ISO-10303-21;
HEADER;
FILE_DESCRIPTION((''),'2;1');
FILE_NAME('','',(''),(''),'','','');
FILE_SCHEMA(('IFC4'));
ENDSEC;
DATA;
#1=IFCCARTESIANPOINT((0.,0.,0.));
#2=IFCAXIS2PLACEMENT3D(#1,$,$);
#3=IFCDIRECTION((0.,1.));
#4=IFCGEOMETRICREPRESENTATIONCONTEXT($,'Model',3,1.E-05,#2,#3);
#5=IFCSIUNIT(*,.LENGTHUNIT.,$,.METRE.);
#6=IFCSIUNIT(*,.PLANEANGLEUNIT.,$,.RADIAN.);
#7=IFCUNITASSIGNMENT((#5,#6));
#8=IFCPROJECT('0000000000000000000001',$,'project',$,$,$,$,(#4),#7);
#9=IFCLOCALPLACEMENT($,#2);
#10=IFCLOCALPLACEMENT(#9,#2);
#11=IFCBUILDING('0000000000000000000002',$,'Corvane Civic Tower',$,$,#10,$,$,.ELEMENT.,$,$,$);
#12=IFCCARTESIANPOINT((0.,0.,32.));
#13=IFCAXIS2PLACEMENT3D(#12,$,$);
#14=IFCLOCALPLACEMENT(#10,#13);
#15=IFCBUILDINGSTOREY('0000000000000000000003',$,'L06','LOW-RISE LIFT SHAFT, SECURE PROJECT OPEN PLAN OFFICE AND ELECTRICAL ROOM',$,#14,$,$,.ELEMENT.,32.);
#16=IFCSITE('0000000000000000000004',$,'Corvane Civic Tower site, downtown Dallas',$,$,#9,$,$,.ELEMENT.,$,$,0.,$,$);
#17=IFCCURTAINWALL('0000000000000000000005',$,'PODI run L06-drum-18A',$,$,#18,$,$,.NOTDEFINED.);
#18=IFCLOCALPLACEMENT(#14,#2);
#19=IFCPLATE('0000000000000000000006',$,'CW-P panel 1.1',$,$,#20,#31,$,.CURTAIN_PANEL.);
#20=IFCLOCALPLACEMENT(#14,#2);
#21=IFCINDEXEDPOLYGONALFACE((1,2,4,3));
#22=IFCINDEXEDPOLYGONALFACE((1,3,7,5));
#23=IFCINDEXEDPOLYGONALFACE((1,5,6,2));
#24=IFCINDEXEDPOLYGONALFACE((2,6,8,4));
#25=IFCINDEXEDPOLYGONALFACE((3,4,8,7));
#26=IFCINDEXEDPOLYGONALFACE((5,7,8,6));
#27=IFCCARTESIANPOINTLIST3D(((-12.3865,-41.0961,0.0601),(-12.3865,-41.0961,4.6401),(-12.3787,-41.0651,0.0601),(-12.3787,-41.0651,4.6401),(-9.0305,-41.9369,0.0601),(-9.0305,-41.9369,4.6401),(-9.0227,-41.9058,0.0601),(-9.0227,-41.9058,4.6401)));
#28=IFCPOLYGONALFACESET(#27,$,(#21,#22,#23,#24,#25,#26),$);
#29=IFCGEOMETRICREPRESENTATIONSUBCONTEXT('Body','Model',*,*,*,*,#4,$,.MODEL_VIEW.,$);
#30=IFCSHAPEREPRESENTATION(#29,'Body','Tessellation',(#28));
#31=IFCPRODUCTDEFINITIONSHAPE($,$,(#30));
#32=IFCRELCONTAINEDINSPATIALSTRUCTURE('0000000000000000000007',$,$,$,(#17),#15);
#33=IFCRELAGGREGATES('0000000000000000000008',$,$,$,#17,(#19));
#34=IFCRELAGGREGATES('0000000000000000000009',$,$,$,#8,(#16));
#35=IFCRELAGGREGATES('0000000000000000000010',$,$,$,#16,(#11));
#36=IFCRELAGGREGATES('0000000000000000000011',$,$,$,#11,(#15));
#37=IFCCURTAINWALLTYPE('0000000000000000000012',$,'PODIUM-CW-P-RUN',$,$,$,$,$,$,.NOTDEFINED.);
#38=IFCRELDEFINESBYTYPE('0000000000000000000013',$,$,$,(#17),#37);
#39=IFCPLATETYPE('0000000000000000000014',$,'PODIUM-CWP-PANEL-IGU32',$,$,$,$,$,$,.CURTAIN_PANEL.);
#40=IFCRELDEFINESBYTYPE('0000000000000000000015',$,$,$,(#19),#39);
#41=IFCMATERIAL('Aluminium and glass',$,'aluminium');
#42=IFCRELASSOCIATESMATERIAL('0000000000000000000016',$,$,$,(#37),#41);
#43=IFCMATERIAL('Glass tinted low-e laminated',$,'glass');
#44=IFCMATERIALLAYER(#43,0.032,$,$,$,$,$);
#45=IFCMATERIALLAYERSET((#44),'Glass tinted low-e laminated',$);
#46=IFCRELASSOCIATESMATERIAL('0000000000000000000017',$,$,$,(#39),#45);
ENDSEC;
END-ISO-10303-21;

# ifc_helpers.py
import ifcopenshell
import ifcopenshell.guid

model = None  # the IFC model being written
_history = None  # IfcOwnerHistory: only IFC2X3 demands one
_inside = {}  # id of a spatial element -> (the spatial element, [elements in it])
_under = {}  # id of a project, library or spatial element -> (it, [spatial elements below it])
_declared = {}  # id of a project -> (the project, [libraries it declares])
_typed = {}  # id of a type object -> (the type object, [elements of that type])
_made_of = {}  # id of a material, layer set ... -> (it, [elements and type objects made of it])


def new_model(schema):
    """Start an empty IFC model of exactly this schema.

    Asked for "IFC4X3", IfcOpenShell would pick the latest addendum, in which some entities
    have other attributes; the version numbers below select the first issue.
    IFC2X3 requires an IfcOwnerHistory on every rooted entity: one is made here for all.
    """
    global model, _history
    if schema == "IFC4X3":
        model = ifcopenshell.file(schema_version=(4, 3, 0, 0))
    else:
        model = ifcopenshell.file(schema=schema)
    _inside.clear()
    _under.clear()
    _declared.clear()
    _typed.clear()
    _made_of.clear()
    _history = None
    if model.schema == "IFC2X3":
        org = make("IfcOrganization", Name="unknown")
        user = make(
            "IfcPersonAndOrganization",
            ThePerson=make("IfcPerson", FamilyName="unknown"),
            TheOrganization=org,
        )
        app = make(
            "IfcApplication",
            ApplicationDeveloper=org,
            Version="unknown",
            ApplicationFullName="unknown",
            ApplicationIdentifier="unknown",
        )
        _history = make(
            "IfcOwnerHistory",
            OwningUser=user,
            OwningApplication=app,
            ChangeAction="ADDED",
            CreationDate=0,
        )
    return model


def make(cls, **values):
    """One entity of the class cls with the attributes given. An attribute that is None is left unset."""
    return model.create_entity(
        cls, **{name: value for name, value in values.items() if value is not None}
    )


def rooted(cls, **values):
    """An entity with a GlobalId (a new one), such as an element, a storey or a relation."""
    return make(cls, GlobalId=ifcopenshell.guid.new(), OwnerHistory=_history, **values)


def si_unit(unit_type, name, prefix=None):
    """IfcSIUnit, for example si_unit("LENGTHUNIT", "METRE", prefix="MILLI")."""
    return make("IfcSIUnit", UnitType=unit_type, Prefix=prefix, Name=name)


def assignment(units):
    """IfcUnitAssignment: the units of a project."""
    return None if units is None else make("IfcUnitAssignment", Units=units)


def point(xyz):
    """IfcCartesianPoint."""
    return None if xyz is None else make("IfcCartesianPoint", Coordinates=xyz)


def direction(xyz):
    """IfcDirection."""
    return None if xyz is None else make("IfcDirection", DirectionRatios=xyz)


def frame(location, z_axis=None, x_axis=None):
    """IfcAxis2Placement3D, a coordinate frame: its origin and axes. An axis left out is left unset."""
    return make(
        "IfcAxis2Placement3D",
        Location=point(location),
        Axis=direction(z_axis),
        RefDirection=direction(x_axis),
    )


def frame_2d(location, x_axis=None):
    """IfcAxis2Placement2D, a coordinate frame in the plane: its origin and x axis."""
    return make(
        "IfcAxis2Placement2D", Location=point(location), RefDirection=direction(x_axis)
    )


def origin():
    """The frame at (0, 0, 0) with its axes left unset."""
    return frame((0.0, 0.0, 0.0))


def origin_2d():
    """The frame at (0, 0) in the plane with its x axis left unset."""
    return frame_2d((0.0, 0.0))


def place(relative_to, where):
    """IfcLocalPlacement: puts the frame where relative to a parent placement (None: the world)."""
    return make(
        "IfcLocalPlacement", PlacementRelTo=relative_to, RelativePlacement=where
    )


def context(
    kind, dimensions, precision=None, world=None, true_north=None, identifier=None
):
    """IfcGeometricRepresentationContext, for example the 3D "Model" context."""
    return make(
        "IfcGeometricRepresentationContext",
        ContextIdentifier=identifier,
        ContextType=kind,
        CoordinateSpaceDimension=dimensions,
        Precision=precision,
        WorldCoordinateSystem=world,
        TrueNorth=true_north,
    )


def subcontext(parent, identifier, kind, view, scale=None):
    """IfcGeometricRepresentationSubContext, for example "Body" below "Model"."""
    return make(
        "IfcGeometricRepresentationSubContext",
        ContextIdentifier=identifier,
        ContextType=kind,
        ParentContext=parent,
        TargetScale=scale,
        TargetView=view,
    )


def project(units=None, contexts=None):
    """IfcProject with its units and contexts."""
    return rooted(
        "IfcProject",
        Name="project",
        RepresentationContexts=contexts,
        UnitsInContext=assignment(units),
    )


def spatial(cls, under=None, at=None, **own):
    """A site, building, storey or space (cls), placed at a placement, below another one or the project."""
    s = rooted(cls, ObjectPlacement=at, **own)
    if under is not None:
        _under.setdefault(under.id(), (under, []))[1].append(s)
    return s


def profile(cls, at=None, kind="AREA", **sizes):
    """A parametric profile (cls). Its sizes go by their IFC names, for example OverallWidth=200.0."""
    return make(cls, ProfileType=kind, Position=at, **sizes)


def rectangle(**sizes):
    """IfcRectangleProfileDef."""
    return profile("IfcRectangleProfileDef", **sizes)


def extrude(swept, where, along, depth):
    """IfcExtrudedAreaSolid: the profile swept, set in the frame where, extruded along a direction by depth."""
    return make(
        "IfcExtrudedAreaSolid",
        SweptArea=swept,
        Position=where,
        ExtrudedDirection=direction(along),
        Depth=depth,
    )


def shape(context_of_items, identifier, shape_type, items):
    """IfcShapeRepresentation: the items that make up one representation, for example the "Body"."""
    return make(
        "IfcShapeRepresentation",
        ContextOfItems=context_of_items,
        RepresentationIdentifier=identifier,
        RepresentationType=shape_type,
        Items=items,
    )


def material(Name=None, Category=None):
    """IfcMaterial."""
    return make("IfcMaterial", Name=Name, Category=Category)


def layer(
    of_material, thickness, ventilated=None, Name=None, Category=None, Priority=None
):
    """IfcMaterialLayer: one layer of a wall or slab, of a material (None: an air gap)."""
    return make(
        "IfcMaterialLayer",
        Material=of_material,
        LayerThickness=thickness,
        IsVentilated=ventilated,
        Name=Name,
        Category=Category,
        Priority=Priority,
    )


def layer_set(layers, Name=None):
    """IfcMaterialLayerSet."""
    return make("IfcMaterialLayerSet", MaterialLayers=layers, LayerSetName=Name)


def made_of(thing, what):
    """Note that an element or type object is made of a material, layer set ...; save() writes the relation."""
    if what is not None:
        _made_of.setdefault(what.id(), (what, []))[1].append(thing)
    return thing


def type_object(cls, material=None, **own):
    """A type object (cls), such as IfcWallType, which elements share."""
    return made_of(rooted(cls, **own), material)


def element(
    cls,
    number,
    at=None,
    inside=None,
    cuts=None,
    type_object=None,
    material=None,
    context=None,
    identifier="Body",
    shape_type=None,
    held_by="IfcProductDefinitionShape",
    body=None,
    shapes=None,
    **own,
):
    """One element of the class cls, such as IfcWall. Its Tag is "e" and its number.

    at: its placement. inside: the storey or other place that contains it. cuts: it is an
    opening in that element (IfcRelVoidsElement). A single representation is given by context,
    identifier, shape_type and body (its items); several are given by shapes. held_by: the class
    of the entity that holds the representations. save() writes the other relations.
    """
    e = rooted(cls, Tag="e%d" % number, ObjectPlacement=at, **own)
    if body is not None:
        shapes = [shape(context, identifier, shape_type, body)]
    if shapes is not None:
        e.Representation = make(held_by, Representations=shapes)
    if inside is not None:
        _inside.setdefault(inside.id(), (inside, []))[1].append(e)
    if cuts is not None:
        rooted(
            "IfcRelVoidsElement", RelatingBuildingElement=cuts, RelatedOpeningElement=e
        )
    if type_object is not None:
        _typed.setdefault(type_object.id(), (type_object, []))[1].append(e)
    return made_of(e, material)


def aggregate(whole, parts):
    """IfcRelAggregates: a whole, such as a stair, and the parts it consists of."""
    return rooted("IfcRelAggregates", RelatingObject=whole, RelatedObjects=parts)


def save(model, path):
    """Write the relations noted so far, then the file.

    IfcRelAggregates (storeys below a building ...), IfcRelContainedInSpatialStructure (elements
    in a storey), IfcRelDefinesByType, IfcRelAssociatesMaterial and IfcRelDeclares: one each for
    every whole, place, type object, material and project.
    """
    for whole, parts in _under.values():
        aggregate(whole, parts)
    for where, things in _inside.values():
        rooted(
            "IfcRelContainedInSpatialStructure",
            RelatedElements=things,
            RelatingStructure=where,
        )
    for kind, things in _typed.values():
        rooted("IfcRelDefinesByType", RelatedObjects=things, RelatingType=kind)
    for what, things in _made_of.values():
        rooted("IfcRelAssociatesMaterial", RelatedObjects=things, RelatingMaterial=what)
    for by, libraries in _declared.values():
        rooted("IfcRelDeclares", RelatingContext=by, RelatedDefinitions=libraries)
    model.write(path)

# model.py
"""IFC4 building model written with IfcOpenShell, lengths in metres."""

from ifc_helpers import new_model, si_unit, direction, frame, origin, origin_2d, place, context, subcontext, project, spatial, rectangle, extrude, material, layer, layer_set, type_object, element, aggregate, save


model = new_model("IFC4")

# Units and contexts
model_context = context("Model", 3, precision=1e-05, world=origin(), true_north=direction((0.0, 1.0)))
body_context = subcontext(model_context, "Body", "Model", "MODEL_VIEW")
ifc_project = project(units=[si_unit("LENGTHUNIT", "METRE"), si_unit("PLANEANGLEUNIT", "RADIAN")], contexts=[model_context])

# Site, building, storey
site_placement = place(None, origin())
site = spatial("IfcSite", under=ifc_project, at=site_placement, Name="Corvane Civic Tower site, downtown Dallas", CompositionType="ELEMENT", RefElevation=0.0)
building_placement = place(site_placement, origin())
building = spatial("IfcBuilding", under=site, at=building_placement, Name="Corvane Civic Tower", CompositionType="ELEMENT")
storey_placement = place(building_placement, frame((0.0, 0.0, 32.0)))
storey = spatial("IfcBuildingStorey", under=building, at=storey_placement, Name="L06", Description="LOW-RISE LIFT SHAFT, SECURE PROJECT OPEN PLAN OFFICE AND ELECTRICAL ROOM", CompositionType="ELEMENT", Elevation=32.0)

# Curtain wall
ifc_material_1 = material(Name="Aluminium and glass", Category="aluminium")
curtain_wall_type = type_object("IfcCurtainWallType", Name="PODIUM-CW-P-RUN", PredefinedType="NOTDEFINED", material=ifc_material_1)
curtain_wall_1_placement = place(storey_placement, origin())
curtain_wall_1 = element("IfcCurtainWall", 1, at=curtain_wall_1_placement, inside=storey, type_object=curtain_wall_type, Name="PODI run L06-drum-18A", PredefinedType="NOTDEFINED")

# Plate
ifc_material_2 = material(Name="Glass tinted low-e laminated", Category="glass")
ifc_layer_1 = layer(ifc_material_2, 0.032)
ifc_layer_set_1 = layer_set([ifc_layer_1], Name="Glass tinted low-e laminated")
plate_type = type_object("IfcPlateType", Name="PODIUM-CWP-PANEL-IGU32", PredefinedType="CURTAIN_PANEL", material=ifc_layer_set_1)
plate_1_placement = place(storey_placement, frame((-10.7046, -41.501, 0.0601), z_axis=(0.0, 0.0, 1.0), x_axis=(-0.970024, 0.243009, 0.0)))
plate_1 = element("IfcPlate", 2, at=plate_1_placement, type_object=plate_type, Name="CW-P panel 1.1", PredefinedType="CURTAIN_PANEL", context=body_context, shape_type="SweptSolid", body=[
    extrude(rectangle(XDim=3.4597, YDim=0.032, at=origin_2d()), origin(), (0.0, 0.0, 1.0), 4.5801),
])
aggregate(curtain_wall_1, [plate_1])

save(model, "model.ifc")
